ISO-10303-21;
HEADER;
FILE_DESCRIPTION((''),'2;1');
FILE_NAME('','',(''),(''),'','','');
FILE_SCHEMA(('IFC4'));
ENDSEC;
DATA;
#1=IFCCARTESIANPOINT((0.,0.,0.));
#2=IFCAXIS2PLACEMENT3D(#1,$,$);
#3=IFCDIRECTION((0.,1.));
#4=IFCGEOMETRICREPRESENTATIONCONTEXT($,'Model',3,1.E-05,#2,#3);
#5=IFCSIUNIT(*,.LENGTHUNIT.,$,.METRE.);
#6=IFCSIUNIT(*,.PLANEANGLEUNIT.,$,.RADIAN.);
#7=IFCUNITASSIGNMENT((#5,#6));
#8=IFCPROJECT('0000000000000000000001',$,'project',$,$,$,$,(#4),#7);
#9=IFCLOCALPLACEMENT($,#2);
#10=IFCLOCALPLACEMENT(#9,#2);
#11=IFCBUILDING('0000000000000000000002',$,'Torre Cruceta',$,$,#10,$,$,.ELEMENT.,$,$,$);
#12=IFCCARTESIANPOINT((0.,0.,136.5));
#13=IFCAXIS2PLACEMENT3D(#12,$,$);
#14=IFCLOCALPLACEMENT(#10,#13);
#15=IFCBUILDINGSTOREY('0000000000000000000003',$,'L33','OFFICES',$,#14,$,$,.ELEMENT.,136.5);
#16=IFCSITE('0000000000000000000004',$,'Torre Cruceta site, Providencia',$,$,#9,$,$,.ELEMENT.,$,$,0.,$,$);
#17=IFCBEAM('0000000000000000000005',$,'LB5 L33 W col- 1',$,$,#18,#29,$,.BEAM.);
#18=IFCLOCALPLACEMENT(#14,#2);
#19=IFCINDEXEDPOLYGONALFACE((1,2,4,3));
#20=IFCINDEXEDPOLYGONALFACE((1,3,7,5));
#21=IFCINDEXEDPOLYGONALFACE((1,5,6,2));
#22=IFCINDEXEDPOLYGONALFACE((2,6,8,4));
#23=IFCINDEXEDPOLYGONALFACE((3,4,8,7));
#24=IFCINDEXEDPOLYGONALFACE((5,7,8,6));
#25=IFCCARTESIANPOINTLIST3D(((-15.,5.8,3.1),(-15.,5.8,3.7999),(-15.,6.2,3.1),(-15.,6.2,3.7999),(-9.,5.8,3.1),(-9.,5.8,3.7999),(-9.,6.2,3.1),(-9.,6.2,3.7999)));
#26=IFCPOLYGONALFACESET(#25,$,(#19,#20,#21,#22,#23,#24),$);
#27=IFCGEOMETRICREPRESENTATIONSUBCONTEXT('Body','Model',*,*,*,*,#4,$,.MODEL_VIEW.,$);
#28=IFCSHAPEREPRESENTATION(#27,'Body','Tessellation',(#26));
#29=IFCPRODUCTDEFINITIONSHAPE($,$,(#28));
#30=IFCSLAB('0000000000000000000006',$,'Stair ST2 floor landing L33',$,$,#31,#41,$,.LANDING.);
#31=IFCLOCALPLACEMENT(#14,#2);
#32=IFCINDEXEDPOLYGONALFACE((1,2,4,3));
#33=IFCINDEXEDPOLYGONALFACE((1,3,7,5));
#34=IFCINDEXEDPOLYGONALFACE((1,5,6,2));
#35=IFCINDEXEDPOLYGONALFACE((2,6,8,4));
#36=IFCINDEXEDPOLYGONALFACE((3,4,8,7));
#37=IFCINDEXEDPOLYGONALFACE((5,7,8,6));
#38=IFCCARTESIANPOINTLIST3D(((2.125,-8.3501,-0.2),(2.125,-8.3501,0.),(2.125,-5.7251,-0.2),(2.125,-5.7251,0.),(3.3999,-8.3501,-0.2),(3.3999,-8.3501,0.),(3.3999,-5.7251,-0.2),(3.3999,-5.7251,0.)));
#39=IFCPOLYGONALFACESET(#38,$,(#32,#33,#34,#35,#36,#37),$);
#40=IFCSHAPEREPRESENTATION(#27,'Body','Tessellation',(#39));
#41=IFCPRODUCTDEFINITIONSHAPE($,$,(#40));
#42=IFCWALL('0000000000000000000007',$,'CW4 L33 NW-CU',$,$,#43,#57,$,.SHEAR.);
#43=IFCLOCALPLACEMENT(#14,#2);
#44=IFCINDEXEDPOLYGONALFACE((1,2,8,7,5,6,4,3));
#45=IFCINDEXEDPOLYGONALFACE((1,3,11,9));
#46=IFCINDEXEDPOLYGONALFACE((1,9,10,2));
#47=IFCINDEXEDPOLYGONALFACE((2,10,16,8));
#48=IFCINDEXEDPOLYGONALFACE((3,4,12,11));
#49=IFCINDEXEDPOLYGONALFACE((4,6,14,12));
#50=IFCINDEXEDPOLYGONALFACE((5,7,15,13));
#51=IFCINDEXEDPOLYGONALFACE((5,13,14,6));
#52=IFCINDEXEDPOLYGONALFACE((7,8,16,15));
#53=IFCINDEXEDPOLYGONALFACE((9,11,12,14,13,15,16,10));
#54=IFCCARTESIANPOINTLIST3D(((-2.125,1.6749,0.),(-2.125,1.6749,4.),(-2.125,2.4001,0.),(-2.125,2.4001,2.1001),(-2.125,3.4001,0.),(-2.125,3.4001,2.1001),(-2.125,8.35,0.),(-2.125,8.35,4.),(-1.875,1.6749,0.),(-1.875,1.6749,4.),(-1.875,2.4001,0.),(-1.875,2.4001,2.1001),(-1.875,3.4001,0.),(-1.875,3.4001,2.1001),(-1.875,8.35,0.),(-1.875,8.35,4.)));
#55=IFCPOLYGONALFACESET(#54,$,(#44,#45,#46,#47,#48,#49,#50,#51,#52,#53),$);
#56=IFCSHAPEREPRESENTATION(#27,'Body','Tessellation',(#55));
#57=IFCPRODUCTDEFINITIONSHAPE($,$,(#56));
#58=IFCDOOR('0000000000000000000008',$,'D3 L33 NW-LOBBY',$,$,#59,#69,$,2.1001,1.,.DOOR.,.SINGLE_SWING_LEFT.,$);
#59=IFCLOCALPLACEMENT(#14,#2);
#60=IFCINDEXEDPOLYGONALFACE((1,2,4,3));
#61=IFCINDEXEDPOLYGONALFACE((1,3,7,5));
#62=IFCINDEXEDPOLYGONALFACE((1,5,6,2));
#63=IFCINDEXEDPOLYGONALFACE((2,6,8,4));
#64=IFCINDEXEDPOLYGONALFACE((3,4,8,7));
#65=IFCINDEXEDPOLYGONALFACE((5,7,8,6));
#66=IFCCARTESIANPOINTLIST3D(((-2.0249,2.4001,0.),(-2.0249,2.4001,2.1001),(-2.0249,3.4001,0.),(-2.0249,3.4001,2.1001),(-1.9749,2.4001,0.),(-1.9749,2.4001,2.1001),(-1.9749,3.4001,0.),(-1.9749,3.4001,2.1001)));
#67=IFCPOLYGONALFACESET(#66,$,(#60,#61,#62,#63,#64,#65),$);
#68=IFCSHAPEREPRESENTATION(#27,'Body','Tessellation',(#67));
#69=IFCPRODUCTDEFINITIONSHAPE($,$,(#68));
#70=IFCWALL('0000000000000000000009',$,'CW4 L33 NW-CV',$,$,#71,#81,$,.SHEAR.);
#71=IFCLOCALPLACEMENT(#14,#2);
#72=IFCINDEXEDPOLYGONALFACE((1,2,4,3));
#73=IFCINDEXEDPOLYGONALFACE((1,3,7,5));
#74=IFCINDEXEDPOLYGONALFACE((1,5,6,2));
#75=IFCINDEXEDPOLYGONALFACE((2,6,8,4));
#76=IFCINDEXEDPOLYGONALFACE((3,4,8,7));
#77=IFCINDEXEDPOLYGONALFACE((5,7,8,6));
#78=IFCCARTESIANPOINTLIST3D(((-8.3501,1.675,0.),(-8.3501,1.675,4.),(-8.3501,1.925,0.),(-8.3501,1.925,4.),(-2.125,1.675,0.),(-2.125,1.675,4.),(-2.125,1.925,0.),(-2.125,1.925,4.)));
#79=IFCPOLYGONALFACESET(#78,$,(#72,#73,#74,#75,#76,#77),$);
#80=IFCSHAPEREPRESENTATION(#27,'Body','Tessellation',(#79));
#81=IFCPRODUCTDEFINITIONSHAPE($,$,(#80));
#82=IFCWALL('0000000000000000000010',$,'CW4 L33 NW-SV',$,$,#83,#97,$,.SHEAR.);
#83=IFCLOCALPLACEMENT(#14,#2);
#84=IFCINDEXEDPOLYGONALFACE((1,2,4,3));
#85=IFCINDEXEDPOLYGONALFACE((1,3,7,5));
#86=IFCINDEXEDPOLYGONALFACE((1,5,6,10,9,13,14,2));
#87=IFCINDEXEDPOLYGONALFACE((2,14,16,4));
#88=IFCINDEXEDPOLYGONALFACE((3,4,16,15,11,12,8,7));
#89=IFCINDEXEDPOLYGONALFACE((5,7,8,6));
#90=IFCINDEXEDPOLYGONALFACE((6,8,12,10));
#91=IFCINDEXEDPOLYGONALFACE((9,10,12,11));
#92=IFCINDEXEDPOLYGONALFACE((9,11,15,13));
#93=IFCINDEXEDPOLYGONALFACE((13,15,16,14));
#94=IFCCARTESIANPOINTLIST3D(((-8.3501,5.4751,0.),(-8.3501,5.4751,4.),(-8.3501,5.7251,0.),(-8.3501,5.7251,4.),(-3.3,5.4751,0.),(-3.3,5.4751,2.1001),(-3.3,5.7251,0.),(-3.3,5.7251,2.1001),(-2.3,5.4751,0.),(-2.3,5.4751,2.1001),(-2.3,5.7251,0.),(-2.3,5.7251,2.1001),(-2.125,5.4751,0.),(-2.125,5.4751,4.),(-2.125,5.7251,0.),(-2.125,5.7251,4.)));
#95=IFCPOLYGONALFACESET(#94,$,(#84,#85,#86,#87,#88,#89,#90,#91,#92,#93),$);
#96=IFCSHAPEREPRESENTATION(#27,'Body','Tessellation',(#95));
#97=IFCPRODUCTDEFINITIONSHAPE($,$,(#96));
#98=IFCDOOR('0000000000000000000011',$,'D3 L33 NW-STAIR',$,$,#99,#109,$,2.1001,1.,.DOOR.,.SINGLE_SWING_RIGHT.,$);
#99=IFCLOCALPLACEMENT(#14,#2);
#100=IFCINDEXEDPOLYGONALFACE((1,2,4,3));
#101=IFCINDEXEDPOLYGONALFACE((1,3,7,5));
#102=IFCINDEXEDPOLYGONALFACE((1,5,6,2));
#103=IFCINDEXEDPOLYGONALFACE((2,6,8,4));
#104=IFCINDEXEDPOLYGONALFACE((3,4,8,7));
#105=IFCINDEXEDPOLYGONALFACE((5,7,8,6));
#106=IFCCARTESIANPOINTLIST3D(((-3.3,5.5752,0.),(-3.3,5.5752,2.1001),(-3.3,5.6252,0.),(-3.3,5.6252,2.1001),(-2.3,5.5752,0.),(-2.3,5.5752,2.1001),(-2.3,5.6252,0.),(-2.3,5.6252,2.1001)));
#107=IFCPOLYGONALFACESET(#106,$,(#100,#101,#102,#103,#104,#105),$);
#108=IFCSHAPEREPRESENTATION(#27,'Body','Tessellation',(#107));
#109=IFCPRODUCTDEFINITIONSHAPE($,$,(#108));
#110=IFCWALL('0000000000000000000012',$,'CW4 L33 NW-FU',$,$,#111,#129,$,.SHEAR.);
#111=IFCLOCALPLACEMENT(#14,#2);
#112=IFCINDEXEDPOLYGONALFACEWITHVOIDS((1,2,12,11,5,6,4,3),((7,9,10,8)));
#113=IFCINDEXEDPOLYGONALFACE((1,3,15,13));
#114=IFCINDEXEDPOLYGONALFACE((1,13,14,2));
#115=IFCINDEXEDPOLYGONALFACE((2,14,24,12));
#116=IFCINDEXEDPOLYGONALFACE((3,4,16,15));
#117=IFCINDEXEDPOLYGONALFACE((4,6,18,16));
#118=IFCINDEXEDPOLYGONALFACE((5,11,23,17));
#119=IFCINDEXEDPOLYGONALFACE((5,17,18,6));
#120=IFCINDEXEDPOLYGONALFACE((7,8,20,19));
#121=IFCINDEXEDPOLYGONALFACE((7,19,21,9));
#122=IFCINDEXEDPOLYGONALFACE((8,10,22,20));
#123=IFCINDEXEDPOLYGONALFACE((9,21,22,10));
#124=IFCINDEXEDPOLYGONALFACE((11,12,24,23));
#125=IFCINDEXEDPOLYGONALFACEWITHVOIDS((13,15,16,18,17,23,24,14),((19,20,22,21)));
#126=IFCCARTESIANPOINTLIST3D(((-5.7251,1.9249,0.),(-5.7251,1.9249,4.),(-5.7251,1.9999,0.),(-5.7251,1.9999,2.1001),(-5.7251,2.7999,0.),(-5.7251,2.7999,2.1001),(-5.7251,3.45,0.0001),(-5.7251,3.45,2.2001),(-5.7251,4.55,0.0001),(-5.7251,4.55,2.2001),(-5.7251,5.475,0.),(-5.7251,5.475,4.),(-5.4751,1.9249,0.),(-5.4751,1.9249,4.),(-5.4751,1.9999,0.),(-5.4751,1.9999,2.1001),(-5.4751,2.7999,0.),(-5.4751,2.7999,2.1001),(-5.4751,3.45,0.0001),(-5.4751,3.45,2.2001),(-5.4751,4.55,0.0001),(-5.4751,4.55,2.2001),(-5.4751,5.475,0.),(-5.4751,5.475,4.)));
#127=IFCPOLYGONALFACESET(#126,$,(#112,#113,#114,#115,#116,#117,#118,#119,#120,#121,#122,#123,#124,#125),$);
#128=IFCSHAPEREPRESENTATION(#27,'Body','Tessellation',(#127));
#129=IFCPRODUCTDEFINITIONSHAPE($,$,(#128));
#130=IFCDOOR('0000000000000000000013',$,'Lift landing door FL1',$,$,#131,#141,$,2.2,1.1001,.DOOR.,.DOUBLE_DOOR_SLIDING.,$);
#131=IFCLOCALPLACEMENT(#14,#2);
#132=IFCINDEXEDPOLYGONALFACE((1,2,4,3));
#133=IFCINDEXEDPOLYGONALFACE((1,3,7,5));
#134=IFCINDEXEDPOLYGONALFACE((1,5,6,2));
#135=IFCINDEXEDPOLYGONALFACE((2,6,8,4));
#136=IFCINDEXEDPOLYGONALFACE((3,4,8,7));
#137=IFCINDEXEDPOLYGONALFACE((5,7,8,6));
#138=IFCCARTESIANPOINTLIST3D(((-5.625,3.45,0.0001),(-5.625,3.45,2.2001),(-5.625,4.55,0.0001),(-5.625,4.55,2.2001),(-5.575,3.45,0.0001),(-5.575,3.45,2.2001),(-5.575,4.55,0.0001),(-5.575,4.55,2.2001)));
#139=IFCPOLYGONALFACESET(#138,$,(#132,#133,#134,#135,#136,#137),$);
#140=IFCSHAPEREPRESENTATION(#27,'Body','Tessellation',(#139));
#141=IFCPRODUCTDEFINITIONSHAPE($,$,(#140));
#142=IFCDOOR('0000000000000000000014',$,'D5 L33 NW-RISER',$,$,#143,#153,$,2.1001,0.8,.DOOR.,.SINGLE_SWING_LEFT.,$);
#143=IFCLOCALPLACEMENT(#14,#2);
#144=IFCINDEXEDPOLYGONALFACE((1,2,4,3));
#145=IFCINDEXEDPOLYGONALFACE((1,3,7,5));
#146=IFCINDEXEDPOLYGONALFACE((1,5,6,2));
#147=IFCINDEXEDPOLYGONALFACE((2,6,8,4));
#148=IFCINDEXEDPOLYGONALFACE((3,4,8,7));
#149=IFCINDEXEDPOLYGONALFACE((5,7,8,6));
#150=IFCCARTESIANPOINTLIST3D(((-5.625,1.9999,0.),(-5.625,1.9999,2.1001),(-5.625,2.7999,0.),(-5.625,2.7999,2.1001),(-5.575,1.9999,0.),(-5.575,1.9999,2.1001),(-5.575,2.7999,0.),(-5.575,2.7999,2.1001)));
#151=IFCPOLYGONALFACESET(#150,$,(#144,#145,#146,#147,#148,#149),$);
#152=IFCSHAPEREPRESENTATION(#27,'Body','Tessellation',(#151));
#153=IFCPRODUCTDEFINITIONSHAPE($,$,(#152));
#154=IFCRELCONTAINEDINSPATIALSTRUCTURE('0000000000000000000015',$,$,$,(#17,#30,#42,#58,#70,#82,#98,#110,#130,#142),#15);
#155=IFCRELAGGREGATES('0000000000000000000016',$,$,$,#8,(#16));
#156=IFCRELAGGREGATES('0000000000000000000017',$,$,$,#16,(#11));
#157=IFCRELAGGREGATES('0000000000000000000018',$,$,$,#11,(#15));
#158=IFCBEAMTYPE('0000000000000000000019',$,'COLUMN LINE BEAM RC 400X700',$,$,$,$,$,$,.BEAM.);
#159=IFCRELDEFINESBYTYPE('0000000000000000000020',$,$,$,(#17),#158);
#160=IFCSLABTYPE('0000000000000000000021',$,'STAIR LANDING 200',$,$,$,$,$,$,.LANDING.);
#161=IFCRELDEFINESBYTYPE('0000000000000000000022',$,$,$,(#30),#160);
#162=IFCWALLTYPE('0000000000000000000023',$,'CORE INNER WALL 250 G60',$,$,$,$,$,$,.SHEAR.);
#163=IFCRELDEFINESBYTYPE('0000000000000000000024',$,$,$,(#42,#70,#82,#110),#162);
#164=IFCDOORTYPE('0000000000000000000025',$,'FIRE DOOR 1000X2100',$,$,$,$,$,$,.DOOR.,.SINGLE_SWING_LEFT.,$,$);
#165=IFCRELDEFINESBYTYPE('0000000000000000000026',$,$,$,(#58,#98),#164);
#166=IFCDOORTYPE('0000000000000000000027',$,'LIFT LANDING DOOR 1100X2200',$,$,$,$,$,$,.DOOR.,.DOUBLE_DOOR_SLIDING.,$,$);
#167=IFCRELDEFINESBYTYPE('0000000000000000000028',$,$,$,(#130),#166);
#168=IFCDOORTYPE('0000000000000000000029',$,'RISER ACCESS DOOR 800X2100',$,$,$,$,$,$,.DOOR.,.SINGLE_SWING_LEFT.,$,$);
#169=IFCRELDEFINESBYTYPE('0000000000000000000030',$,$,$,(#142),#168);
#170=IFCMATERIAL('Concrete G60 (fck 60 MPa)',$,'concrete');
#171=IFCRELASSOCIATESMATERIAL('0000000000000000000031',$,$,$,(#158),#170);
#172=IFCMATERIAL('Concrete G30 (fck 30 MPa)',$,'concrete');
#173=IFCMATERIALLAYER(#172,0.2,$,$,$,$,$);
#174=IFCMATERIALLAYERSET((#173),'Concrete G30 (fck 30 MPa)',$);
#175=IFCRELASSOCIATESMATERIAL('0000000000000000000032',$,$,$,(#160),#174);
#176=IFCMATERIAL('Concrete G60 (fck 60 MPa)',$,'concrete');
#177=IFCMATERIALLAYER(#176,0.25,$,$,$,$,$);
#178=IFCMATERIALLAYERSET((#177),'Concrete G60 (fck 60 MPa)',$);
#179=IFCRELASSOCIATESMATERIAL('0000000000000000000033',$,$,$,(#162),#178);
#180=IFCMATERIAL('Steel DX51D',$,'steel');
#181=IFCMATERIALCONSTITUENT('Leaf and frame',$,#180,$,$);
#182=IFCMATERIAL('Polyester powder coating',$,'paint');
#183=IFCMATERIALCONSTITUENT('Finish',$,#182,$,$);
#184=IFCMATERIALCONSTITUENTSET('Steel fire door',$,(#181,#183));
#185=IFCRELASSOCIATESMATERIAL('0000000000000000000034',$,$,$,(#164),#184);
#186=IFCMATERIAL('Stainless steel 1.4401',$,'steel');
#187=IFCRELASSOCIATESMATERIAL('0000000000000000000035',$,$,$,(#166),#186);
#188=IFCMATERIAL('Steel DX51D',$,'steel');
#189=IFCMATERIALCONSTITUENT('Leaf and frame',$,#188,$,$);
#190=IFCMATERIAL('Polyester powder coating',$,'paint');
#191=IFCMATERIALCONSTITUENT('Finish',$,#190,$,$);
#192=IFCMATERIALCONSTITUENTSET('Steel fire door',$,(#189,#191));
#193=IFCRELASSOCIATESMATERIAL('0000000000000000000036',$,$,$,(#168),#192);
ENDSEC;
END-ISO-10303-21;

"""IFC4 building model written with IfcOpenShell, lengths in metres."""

from ifc_helpers import new_model, si_unit, direction, frame, frame_2d, origin, origin_2d, place, context, subcontext, project, spatial, polyline, rectangle, outline, extrude, material, layer, layer_set, constituent, constituent_set, material_profile, profile_set, type_object, element, fill, save


model = new_model("IFC4")

# Units and contexts
model_context = context("Model", 3, precision=1e-05, world=origin(), true_north=direction((0.0, 1.0)))
body_context = subcontext(model_context, "Body", "Model", "MODEL_VIEW")
ifc_project = project(units=[si_unit("LENGTHUNIT", "METRE"), si_unit("PLANEANGLEUNIT", "RADIAN")], contexts=[model_context])

# Site, building, storey
site_placement = place(None, origin())
site = spatial("IfcSite", under=ifc_project, at=site_placement, Name="Torre Cruceta site, Providencia", CompositionType="ELEMENT", RefElevation=0.0)
building_placement = place(site_placement, origin())
building = spatial("IfcBuilding", under=site, at=building_placement, Name="Torre Cruceta", CompositionType="ELEMENT")
storey_placement = place(building_placement, frame((0.0, 0.0, 136.5)))
storey = spatial("IfcBuildingStorey", under=building, at=storey_placement, Name="L33", Description="OFFICES", CompositionType="ELEMENT", Elevation=136.5)

# Beam
ifc_material_1 = material(Name="Concrete G60 (fck 60 MPa)", Category="concrete")
ifc_material_profile = material_profile(ifc_material_1, rectangle(XDim=0.3999, YDim=0.7, at=origin_2d()), Name="RC 400X700")
ifc_profile_set = profile_set([ifc_material_profile], Name="Concrete G60 (fck 60 MPa)")
beam_type = type_object("IfcBeamType", Name="COLUMN LINE BEAM RC 400X700", PredefinedType="BEAM", material=ifc_profile_set)
beam_placement = place(storey_placement, frame((-9.0, 6.0, 3.45), z_axis=(-1.0, 0.0, 0.0), x_axis=(0.0, -1.0, 0.0)))
element("IfcBeam", 1, at=beam_placement, inside=storey, type_object=beam_type, Name="LB5 L33 W col- 1", PredefinedType="BEAM", context=body_context, shape_type="SweptSolid", body=[
    extrude(rectangle(XDim=0.3999, YDim=0.7, at=origin_2d()), origin(), (0.0, 0.0, 1.0), 6.0),
])

# Slab
ifc_material_2 = material(Name="Concrete G30 (fck 30 MPa)", Category="concrete")
ifc_layer_1 = layer(ifc_material_2, 0.2)
ifc_layer_set_1 = layer_set([ifc_layer_1], Name="Concrete G30 (fck 30 MPa)")
slab_type = type_object("IfcSlabType", Name="STAIR LANDING 200", PredefinedType="LANDING", material=ifc_layer_set_1)
slab_placement = place(storey_placement, frame((0.0, 0.0, -0.2)))
element("IfcSlab", 2, at=slab_placement, inside=storey, type_object=slab_type, Name="Stair ST2 floor landing L33", PredefinedType="LANDING", context=body_context, shape_type="SweptSolid", body=[
    extrude(outline(polyline([(2.125, -8.3501), (2.125, -5.7251), (3.3999, -5.7251), (3.3999, -8.3501), (2.125, -8.3501)])), origin(), (0.0, 0.0, 1.0), 0.2),
])

# Wall, opening, door
ifc_material_3 = material(Name="Concrete G60 (fck 60 MPa)", Category="concrete")
ifc_layer_2 = layer(ifc_material_3, 0.25)
ifc_layer_set_2 = layer_set([ifc_layer_2], Name="Concrete G60 (fck 60 MPa)")
wall_type_1 = type_object("IfcWallType", Name="CORE INNER WALL 250 G60", PredefinedType="SHEAR", material=ifc_layer_set_2)
wall_1_placement = place(storey_placement, frame((-2.0, 1.675, 0.0), z_axis=(0.0, 0.0, 1.0), x_axis=(0.0, 1.0, 0.0)))
wall_1 = element("IfcWall", 3, at=wall_1_placement, inside=storey, type_object=wall_type_1, Name="CW4 L33 NW-CU", PredefinedType="SHEAR", context=body_context, shape_type="SweptSolid", body=[
    extrude(rectangle(XDim=6.675, YDim=0.25, at=frame_2d((3.3374, 0.0))), origin(), (0.0, 0.0, 1.0), 4.0),
])
opening_1_placement = place(wall_1_placement, frame((0.7251, 0.0, 0.0)))
opening_1 = element("IfcOpeningElement", 4, at=opening_1_placement, cuts=wall_1, PredefinedType="OPENING", context=body_context, shape_type="SweptSolid", body=[
    extrude(rectangle(XDim=1.0, YDim=2.1001, at=frame_2d((0.5, 1.05))), frame((0.0, 0.135, 0.0), z_axis=(0.0, -1.0, 0.0), x_axis=(1.0, 0.0, 0.0)), (0.0, 0.0, 1.0), 0.27),
])
ifc_material_4 = material(Name="Steel DX51D", Category="steel")
ifc_constituent_1 = constituent(ifc_material_4, Name="Leaf and frame")
ifc_material_5 = material(Name="Polyester powder coating", Category="paint")
ifc_constituent_2 = constituent(ifc_material_5, Name="Finish")
ifc_constituent_set_1 = constituent_set(constituents=[ifc_constituent_1, ifc_constituent_2], Name="Steel fire door")
door_type_1 = type_object("IfcDoorType", Name="FIRE DOOR 1000X2100", OperationType="SINGLE_SWING_LEFT", PredefinedType="DOOR", material=ifc_constituent_set_1)
door_1_placement = place(opening_1_placement, origin())
door_1 = element("IfcDoor", 5, at=door_1_placement, inside=storey, type_object=door_type_1, Name="D3 L33 NW-LOBBY", OperationType="SINGLE_SWING_LEFT", OverallHeight=2.1001, OverallWidth=1.0, PredefinedType="DOOR", context=body_context, shape_type="SweptSolid", body=[
    extrude(rectangle(XDim=1.0, YDim=2.1001, at=frame_2d((0.5, 1.05))), frame((0.0, 0.0249, 0.0), z_axis=(0.0, -1.0, 0.0), x_axis=(1.0, 0.0, 0.0)), (0.0, 0.0, 1.0), 0.05),
])
fill(opening_1, door_1)

# Wall
wall_2_placement = place(storey_placement, frame((-2.125, 1.8, 0.0), z_axis=(0.0, 0.0, 1.0), x_axis=(-1.0, 0.0, 0.0)))
element("IfcWall", 6, at=wall_2_placement, inside=storey, type_object=wall_type_1, Name="CW4 L33 NW-CV", PredefinedType="SHEAR", context=body_context, shape_type="SweptSolid", body=[
    extrude(rectangle(XDim=6.2251, YDim=0.25, at=frame_2d((3.1125, 0.0))), origin(), (0.0, 0.0, 1.0), 4.0),
])

# Wall, opening, door
wall_3_placement = place(storey_placement, frame((-2.125, 5.6001, 0.0), z_axis=(0.0, 0.0, 1.0), x_axis=(-1.0, 0.0, 0.0)))
wall_3 = element("IfcWall", 7, at=wall_3_placement, inside=storey, type_object=wall_type_1, Name="CW4 L33 NW-SV", PredefinedType="SHEAR", context=body_context, shape_type="SweptSolid", body=[
    extrude(rectangle(XDim=6.2251, YDim=0.25, at=frame_2d((3.1125, 0.0))), origin(), (0.0, 0.0, 1.0), 4.0),
])
opening_2_placement = place(wall_3_placement, frame((0.175, 0.0, 0.0)))
opening_2 = element("IfcOpeningElement", 8, at=opening_2_placement, cuts=wall_3, PredefinedType="OPENING", context=body_context, shape_type="SweptSolid", body=[
    extrude(rectangle(XDim=1.0, YDim=2.1001, at=frame_2d((0.5, 1.05))), frame((0.0, 0.135, 0.0), z_axis=(0.0, -1.0, 0.0), x_axis=(1.0, 0.0, 0.0)), (0.0, 0.0, 1.0), 0.27),
])
door_2_placement = place(opening_2_placement, frame((1.0, 0.0, 0.0), z_axis=(0.0, 0.0, 1.0), x_axis=(-1.0, 0.0, 0.0)))
door_2 = element("IfcDoor", 9, at=door_2_placement, inside=storey, type_object=door_type_1, Name="D3 L33 NW-STAIR", OperationType="SINGLE_SWING_RIGHT", OverallHeight=2.1001, OverallWidth=1.0, PredefinedType="DOOR", context=body_context, shape_type="SweptSolid", body=[
    extrude(rectangle(XDim=1.0, YDim=2.1001, at=frame_2d((0.5, 1.05))), frame((0.0, 0.0251, 0.0), z_axis=(0.0, -1.0, 0.0), x_axis=(1.0, 0.0, 0.0)), (0.0, 0.0, 1.0), 0.05),
])
fill(opening_2, door_2)

# Wall, openings, doors
wall_4_placement = place(storey_placement, frame((-5.6001, 1.925, 0.0), z_axis=(0.0, 0.0, 1.0), x_axis=(0.0, 1.0, 0.0)))
wall_4 = element("IfcWall", 10, at=wall_4_placement, inside=storey, type_object=wall_type_1, Name="CW4 L33 NW-FU", PredefinedType="SHEAR", context=body_context, shape_type="SweptSolid", body=[
    extrude(rectangle(XDim=3.55, YDim=0.25, at=frame_2d((1.7749, 0.0))), origin(), (0.0, 0.0, 1.0), 4.0),
])
opening_3_placement = place(wall_4_placement, frame((1.5249, 0.0, 0.0)))
opening_3 = element("IfcOpeningElement", 11, at=opening_3_placement, cuts=wall_4, PredefinedType="OPENING", context=body_context, shape_type="SweptSolid", body=[
    extrude(rectangle(XDim=1.1001, YDim=2.2, at=frame_2d((0.55, 1.1001))), frame((0.0, 0.135, 0.0), z_axis=(0.0, -1.0, 0.0), x_axis=(1.0, 0.0, 0.0)), (0.0, 0.0, 1.0), 0.27),
])
opening_4_placement = place(wall_4_placement, frame((0.075, 0.0, 0.0)))
opening_4 = element("IfcOpeningElement", 12, at=opening_4_placement, cuts=wall_4, PredefinedType="OPENING", context=body_context, shape_type="SweptSolid", body=[
    extrude(rectangle(XDim=0.8, YDim=2.1001, at=frame_2d((0.3999, 1.05))), frame((0.0, 0.135, 0.0), z_axis=(0.0, -1.0, 0.0), x_axis=(1.0, 0.0, 0.0)), (0.0, 0.0, 1.0), 0.27),
])
ifc_material_6 = material(Name="Stainless steel 1.4401", Category="steel")
door_type_2 = type_object("IfcDoorType", Name="LIFT LANDING DOOR 1100X2200", OperationType="DOUBLE_DOOR_SLIDING", PredefinedType="DOOR", material=ifc_material_6)
door_3_placement = place(opening_3_placement, origin())
door_3 = element("IfcDoor", 13, at=door_3_placement, inside=storey, type_object=door_type_2, Name="Lift landing door FL1", OperationType="DOUBLE_DOOR_SLIDING", OverallHeight=2.2, OverallWidth=1.1001, PredefinedType="DOOR", context=body_context, shape_type="SweptSolid", body=[
    extrude(rectangle(XDim=1.1001, YDim=2.2, at=frame_2d((0.55, 1.1001))), frame((0.0, 0.0249, 0.0), z_axis=(0.0, -1.0, 0.0), x_axis=(1.0, 0.0, 0.0)), (0.0, 0.0, 1.0), 0.05),
])
fill(opening_3, door_3)
ifc_material_7 = material(Name="Steel DX51D", Category="steel")
ifc_constituent_3 = constituent(ifc_material_7, Name="Leaf and frame")
ifc_material_8 = material(Name="Polyester powder coating", Category="paint")
ifc_constituent_4 = constituent(ifc_material_8, Name="Finish")
ifc_constituent_set_2 = constituent_set(constituents=[ifc_constituent_3, ifc_constituent_4], Name="Steel fire door")
door_type_3 = type_object("IfcDoorType", Name="RISER ACCESS DOOR 800X2100", OperationType="SINGLE_SWING_LEFT", PredefinedType="DOOR", material=ifc_constituent_set_2)
door_4_placement = place(opening_4_placement, origin())
door_4 = element("IfcDoor", 14, at=door_4_placement, inside=storey, type_object=door_type_3, Name="D5 L33 NW-RISER", OperationType="SINGLE_SWING_LEFT", OverallHeight=2.1001, OverallWidth=0.8, PredefinedType="DOOR", context=body_context, shape_type="SweptSolid", body=[
    extrude(rectangle(XDim=0.8, YDim=2.1001, at=frame_2d((0.3999, 1.05))), frame((0.0, 0.0249, 0.0), z_axis=(0.0, -1.0, 0.0), x_axis=(1.0, 0.0, 0.0)), (0.0, 0.0, 1.0), 0.05),
])
fill(opening_4, door_4)

save(model, "model.ifc")
